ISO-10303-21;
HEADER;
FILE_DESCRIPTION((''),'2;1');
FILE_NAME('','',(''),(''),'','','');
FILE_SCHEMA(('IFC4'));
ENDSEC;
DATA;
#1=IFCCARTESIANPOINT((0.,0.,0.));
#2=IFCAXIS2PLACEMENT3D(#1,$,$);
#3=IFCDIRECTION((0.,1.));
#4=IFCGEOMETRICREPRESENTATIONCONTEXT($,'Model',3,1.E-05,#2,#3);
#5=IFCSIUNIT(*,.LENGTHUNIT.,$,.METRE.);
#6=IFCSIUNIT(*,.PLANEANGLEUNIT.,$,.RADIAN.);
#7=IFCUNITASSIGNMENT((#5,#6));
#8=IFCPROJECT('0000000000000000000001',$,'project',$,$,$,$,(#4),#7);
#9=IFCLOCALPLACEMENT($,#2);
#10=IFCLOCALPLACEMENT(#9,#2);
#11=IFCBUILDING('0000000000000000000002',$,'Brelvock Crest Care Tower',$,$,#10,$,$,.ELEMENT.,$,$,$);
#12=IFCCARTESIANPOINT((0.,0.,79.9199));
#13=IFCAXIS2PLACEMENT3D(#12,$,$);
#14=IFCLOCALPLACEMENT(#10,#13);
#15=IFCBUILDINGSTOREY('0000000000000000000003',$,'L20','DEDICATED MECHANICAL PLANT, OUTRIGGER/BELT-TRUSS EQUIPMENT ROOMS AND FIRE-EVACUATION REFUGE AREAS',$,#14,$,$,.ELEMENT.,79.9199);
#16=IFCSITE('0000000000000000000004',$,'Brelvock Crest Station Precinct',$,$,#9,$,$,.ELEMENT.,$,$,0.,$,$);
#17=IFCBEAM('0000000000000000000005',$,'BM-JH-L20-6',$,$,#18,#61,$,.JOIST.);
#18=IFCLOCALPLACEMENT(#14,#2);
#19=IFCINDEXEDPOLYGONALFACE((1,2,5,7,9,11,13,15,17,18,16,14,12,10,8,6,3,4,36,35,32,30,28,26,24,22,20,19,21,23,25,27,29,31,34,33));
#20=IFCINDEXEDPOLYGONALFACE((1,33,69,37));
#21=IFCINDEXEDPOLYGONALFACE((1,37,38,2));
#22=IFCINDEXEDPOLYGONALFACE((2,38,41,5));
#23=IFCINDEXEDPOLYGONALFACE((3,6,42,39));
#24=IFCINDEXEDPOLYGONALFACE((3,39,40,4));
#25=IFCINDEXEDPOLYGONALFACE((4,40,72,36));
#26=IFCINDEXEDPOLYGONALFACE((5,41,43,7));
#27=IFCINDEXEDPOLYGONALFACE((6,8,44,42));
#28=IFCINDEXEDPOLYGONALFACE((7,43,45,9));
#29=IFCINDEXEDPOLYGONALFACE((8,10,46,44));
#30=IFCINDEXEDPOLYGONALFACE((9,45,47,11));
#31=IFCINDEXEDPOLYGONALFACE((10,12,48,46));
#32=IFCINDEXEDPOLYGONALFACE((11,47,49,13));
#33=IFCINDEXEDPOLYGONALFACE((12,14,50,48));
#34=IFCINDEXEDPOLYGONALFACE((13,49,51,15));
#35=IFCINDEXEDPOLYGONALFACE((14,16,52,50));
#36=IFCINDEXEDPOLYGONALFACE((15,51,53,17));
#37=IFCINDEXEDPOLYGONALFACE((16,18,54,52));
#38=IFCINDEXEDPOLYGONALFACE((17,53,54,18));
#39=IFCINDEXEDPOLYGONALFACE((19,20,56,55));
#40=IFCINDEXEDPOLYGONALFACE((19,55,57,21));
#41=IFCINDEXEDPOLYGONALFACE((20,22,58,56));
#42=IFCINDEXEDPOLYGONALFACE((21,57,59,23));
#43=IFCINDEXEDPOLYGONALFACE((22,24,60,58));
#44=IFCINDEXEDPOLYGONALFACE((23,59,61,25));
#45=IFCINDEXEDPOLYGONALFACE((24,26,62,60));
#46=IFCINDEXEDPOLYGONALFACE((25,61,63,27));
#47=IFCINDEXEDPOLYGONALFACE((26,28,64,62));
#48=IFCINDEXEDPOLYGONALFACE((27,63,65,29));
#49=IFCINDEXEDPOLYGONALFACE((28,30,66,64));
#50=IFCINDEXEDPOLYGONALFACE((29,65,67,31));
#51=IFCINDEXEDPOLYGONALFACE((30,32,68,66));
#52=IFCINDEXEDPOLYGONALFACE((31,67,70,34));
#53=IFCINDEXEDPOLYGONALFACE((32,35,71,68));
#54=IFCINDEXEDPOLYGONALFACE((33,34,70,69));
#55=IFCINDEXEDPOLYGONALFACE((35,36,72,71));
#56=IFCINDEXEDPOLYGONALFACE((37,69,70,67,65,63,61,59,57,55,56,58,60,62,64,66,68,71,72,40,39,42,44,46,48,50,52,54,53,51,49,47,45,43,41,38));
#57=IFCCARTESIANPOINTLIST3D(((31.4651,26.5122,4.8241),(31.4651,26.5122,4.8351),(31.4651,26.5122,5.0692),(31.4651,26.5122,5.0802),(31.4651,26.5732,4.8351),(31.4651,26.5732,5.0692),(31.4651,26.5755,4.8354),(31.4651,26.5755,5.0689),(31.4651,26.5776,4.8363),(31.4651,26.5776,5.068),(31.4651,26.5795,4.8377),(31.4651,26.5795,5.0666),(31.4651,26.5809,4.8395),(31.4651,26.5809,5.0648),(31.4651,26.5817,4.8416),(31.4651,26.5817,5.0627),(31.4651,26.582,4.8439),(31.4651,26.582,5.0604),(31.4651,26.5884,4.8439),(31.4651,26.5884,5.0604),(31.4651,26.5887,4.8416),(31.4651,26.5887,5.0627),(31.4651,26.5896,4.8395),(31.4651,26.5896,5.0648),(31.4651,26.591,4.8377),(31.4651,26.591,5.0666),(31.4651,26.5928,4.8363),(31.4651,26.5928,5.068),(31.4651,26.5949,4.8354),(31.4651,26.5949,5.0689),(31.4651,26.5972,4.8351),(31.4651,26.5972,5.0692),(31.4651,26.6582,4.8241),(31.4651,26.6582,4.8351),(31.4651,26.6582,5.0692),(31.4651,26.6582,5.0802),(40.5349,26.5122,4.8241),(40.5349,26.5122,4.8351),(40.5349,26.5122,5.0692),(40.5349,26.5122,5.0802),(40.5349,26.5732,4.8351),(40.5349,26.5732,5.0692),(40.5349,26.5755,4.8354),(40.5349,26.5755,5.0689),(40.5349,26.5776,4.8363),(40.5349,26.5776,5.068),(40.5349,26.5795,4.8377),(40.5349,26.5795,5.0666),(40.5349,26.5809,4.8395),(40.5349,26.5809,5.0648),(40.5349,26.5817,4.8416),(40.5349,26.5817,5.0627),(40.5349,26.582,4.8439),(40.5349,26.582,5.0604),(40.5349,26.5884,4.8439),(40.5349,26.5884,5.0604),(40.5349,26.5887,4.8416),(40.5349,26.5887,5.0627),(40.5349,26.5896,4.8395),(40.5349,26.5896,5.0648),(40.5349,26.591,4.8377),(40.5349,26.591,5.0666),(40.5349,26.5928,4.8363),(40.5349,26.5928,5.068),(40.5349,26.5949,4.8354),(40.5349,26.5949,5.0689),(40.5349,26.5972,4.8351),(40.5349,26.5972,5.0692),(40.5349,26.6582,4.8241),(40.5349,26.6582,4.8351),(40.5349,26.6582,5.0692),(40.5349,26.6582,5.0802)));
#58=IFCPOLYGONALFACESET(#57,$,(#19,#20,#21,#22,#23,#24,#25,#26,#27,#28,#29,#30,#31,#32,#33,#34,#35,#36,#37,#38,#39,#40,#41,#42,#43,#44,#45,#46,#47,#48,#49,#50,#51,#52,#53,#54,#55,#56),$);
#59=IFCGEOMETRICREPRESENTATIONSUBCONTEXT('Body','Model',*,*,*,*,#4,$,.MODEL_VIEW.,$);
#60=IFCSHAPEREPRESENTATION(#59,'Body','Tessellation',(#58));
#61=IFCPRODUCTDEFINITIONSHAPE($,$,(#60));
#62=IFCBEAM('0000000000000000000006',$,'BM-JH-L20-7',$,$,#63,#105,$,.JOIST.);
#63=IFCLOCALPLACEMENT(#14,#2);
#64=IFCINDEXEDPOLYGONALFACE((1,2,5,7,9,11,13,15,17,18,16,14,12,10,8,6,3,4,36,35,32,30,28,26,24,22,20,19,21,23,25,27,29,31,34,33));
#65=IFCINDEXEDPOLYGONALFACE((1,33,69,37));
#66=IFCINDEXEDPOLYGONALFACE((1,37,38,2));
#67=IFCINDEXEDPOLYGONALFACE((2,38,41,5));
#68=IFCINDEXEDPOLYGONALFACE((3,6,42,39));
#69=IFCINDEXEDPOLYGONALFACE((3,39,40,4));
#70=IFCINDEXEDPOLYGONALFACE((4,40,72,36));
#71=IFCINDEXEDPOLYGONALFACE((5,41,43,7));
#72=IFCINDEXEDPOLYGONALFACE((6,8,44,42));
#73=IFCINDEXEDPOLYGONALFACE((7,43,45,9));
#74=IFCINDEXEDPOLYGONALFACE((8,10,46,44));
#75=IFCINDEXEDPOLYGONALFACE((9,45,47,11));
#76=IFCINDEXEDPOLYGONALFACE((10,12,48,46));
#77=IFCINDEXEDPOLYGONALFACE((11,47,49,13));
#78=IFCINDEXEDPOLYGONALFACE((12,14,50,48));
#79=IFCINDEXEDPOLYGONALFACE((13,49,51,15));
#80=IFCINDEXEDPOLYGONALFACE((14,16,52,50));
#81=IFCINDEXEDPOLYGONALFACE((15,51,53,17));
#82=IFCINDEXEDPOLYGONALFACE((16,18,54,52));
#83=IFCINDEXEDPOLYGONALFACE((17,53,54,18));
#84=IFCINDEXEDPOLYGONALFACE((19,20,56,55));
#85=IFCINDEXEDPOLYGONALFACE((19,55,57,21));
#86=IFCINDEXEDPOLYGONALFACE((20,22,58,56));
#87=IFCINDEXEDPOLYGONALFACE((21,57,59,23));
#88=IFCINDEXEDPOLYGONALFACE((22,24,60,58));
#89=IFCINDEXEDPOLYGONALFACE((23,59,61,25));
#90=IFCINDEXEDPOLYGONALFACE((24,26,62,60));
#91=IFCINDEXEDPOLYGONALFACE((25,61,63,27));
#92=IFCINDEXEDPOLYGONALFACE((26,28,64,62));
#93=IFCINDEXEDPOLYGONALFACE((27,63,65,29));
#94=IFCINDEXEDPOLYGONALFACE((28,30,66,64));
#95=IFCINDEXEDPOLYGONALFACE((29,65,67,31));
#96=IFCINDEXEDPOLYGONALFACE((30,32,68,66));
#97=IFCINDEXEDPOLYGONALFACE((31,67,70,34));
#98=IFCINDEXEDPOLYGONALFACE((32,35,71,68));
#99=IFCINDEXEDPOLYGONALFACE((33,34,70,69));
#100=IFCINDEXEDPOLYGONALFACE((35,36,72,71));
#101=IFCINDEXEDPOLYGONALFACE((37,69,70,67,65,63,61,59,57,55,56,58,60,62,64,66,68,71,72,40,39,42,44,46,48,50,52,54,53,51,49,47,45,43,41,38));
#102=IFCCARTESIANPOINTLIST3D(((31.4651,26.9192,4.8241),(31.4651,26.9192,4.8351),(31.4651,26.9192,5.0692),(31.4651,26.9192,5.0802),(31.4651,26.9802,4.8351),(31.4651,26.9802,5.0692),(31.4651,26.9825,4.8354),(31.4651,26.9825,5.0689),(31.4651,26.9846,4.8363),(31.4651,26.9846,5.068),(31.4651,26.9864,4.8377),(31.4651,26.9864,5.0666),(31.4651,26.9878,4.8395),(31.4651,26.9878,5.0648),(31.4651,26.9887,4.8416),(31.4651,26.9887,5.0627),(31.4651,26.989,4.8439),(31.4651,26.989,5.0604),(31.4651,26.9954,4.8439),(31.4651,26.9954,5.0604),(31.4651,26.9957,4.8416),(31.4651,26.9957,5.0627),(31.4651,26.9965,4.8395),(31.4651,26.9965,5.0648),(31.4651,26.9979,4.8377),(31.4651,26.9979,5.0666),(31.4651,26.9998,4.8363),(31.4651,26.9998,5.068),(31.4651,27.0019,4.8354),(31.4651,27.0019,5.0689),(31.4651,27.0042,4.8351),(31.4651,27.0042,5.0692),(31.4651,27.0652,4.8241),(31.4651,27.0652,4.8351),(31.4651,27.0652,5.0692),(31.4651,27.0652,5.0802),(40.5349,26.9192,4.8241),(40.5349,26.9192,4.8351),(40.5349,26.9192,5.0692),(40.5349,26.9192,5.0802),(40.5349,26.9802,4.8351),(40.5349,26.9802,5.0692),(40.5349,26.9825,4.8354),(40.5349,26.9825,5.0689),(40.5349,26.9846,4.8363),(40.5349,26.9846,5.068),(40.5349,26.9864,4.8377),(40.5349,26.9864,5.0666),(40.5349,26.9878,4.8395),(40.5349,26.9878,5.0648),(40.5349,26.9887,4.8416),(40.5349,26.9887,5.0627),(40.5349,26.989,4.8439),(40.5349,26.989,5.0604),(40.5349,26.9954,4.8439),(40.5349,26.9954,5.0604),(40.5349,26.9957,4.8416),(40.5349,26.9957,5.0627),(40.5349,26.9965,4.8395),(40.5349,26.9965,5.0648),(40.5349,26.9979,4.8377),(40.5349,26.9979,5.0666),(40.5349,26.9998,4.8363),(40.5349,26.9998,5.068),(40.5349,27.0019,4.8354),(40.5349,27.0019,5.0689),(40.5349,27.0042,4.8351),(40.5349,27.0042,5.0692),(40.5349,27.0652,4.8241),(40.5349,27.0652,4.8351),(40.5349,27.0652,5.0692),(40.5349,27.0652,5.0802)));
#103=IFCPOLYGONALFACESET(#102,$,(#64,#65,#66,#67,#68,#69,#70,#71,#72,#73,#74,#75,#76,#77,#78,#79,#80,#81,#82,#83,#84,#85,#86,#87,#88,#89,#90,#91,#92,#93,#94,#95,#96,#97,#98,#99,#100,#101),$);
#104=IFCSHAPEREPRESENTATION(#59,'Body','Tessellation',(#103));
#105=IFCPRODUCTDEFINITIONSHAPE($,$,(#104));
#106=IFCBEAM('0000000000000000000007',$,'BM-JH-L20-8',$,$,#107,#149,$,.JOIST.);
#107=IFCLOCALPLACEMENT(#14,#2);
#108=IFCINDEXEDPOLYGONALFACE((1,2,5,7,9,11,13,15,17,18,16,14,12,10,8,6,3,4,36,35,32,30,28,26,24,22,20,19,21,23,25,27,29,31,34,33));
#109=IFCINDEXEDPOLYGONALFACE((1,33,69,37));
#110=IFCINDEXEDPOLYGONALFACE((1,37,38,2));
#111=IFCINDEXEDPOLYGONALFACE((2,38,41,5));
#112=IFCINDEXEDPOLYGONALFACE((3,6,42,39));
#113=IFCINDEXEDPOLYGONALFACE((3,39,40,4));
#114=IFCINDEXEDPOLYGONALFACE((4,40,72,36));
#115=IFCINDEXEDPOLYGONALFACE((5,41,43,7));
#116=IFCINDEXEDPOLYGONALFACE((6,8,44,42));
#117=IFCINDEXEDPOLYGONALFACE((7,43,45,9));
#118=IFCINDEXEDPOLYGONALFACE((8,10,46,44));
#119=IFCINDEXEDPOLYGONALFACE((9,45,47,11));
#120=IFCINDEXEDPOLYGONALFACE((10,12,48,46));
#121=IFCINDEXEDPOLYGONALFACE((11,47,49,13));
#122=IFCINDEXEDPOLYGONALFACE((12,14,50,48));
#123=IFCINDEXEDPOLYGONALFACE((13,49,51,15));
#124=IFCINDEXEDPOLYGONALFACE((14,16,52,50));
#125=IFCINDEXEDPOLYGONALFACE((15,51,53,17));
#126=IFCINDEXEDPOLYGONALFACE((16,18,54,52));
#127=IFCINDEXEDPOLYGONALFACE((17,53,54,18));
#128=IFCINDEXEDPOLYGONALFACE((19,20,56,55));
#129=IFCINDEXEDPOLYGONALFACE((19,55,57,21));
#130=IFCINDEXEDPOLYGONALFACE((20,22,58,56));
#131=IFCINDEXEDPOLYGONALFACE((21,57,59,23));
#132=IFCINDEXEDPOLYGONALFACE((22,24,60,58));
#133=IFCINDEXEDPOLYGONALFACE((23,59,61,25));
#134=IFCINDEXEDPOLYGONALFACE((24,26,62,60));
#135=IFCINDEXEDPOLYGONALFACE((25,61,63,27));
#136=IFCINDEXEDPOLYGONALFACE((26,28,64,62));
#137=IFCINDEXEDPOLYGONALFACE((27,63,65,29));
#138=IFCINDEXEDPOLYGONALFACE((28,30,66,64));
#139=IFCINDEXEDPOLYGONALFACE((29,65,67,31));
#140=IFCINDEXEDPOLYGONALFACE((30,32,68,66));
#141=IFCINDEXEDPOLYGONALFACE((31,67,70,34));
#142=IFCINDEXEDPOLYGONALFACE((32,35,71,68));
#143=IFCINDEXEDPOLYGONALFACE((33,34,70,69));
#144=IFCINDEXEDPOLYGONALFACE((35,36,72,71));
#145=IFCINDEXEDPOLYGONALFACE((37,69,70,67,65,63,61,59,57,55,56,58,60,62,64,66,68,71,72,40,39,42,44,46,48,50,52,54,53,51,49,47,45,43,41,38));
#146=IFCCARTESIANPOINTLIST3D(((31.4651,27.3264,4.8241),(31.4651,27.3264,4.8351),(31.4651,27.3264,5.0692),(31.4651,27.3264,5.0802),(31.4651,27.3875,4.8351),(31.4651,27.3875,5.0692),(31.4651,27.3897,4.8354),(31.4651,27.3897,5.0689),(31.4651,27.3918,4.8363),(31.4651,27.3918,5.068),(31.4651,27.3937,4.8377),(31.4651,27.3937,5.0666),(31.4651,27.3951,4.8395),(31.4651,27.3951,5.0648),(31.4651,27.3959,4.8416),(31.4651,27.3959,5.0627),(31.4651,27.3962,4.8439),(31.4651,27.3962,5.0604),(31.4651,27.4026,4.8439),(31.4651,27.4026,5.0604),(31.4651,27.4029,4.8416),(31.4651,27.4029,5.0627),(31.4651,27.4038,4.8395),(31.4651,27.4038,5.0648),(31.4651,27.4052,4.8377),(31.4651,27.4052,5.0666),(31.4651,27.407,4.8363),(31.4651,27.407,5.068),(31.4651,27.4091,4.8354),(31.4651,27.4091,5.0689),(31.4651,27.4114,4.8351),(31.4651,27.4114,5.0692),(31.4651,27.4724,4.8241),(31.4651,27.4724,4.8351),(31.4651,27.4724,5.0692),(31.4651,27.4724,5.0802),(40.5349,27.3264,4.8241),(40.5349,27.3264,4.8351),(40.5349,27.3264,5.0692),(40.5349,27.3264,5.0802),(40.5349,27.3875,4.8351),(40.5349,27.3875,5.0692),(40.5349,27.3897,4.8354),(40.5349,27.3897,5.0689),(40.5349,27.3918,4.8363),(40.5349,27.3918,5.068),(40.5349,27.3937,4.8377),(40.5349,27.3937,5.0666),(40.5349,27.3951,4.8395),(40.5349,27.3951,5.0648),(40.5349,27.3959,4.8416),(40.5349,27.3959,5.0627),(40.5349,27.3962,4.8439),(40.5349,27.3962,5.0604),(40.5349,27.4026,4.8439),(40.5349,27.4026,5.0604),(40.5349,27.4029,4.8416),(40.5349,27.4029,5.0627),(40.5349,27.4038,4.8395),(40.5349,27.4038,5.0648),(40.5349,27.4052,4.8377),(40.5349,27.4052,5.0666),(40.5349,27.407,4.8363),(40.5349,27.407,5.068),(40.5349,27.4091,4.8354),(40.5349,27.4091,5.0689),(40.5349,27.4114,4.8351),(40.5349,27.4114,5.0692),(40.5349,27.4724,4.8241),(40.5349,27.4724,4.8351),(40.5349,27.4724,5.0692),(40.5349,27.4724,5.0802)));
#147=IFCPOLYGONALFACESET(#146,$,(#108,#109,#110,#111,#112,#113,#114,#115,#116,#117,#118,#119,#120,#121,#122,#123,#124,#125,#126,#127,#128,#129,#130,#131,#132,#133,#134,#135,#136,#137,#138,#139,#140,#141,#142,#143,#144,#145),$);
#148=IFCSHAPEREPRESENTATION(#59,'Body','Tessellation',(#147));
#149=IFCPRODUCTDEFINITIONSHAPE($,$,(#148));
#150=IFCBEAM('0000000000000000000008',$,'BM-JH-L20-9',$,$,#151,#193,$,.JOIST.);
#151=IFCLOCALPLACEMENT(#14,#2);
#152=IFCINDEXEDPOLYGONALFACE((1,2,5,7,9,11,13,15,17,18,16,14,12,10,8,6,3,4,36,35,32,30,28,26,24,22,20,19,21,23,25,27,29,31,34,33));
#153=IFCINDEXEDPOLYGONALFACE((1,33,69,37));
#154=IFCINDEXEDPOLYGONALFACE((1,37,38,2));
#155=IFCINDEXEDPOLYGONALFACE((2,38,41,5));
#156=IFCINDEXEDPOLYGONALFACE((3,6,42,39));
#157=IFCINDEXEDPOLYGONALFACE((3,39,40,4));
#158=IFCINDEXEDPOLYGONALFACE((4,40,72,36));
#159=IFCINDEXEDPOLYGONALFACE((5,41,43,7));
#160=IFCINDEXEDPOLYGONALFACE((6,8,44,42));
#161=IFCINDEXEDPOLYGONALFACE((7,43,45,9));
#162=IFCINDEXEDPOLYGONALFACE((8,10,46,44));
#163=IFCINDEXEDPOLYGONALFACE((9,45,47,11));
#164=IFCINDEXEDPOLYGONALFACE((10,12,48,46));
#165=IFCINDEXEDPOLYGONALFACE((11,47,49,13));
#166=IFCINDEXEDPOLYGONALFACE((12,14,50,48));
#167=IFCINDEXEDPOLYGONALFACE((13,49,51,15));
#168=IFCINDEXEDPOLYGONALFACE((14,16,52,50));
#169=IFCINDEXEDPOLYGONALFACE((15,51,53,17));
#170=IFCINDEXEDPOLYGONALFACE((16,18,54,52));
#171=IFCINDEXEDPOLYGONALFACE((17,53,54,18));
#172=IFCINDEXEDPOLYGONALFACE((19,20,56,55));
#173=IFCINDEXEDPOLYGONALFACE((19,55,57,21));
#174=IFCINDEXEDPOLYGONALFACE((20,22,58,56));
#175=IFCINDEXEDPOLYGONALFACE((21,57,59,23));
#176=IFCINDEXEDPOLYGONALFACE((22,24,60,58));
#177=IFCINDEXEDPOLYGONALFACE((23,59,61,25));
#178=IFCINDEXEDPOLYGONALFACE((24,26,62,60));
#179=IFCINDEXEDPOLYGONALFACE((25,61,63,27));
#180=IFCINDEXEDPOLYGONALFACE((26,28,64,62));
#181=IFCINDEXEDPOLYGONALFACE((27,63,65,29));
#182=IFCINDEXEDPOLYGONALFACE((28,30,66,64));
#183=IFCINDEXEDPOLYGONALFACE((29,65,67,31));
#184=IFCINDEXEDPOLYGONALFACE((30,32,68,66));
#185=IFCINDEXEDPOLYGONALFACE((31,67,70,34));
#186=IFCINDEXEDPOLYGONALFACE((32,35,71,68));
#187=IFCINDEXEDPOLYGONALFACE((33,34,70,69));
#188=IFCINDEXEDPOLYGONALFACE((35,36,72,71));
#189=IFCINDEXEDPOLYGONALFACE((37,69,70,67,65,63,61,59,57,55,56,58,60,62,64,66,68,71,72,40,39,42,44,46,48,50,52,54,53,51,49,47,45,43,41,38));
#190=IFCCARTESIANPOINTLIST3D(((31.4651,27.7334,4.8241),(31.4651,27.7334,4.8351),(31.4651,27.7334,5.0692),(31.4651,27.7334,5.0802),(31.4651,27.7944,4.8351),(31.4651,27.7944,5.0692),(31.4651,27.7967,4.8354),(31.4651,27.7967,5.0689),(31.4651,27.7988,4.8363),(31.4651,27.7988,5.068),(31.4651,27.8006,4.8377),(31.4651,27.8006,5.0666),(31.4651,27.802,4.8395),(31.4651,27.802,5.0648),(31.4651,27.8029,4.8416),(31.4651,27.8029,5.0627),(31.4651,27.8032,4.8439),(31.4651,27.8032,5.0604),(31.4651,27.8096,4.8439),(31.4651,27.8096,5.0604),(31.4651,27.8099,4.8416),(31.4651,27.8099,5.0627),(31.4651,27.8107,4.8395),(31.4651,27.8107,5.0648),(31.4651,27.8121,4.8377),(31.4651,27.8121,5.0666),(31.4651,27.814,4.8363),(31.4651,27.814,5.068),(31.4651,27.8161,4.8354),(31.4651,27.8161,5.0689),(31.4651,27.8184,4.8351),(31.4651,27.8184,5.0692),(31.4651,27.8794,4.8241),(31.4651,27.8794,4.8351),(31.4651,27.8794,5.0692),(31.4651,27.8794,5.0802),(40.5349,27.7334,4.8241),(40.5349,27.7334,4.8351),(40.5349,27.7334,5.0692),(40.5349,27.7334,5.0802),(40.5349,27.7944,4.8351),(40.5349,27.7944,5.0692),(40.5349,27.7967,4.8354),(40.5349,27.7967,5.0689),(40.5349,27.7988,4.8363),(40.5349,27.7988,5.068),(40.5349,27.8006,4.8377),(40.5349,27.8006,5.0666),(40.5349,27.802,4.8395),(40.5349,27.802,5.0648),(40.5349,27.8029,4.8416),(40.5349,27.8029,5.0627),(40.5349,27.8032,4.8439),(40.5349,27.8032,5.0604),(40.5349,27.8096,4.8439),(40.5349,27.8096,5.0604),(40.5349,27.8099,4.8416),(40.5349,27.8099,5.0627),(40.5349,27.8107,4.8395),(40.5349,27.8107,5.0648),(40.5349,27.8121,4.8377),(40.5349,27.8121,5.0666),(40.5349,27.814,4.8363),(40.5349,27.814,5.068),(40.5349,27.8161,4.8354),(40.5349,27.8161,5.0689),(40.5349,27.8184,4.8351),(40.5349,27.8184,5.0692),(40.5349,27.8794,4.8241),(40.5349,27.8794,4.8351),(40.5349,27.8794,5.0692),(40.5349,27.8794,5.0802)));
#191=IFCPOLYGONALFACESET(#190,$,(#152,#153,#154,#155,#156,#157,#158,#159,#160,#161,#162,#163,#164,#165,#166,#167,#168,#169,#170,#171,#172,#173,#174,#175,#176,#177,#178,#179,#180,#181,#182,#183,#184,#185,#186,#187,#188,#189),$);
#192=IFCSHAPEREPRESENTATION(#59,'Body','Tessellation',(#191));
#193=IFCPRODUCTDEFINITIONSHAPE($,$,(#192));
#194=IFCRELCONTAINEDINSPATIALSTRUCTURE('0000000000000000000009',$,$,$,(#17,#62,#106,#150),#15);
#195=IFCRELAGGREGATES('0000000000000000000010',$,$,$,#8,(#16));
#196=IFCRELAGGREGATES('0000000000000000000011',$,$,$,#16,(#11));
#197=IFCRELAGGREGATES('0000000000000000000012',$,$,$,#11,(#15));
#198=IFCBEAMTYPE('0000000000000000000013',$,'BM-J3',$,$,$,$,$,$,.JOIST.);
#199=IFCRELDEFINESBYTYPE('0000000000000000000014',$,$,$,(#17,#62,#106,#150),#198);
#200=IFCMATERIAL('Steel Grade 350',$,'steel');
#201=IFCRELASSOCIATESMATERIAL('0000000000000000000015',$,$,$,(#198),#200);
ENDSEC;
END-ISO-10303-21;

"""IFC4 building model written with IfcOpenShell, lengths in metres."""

from ifc_helpers import new_model, si_unit, direction, frame, origin, origin_2d, place, context, subcontext, project, spatial, i_section, extrude, source, transform, mapped, material, material_profile, profile_set, type_object, element, save


model = new_model("IFC4")

# Units and contexts
model_context = context("Model", 3, precision=1e-05, world=origin(), true_north=direction((0.0, 1.0)))
body_context = subcontext(model_context, "Body", "Model", "MODEL_VIEW")
ifc_project = project(units=[si_unit("LENGTHUNIT", "METRE"), si_unit("PLANEANGLEUNIT", "RADIAN")], contexts=[model_context])

# Site, building, storey
site_placement = place(None, origin())
site = spatial("IfcSite", under=ifc_project, at=site_placement, Name="Brelvock Crest Station Precinct", CompositionType="ELEMENT", RefElevation=0.0)
building_placement = place(site_placement, origin())
building = spatial("IfcBuilding", under=site, at=building_placement, Name="Brelvock Crest Care Tower", CompositionType="ELEMENT")
storey_placement = place(building_placement, frame((0.0, 0.0, 79.9199)))
storey = spatial("IfcBuildingStorey", under=building, at=storey_placement, Name="L20", Description="DEDICATED MECHANICAL PLANT, OUTRIGGER/BELT-TRUSS EQUIPMENT ROOMS AND FIRE-EVACUATION REFUGE AREAS", CompositionType="ELEMENT", Elevation=79.9199)

# Beams
ifc_material = material(Name="Steel Grade 350", Category="steel")
ifc_material_profile_1 = material_profile(ifc_material, i_section(OverallWidth=0.146, OverallDepth=0.2561, WebThickness=0.0063, FlangeThickness=0.011, FilletRadius=0.0088, at=origin_2d()), Name="250UB37.3")
ifc_profile_set_1 = profile_set([ifc_material_profile_1], Name="Steel Grade 350")
beam_type_1 = type_object("IfcBeamType", Name="BM-J3", PredefinedType="JOIST", material=ifc_profile_set_1)
shared_shape_1 = source(origin(), body_context, "Body", "SweptSolid", [
    extrude(i_section(OverallWidth=0.146, OverallDepth=0.2561, WebThickness=0.0063, FlangeThickness=0.011, FilletRadius=0.0088, at=origin_2d()), origin(), (0.0, 0.0, 1.0), 9.0698),
])
for number, where, z_axis, x_axis, name in (
    (1, (31.4651, 26.5852, 4.9521), (1.0, 0.0, 0.0), (0.0, 1.0, 0.0), "BM-JH-L20-6"),
    (2, (31.4651, 26.9922, 4.9521), (1.0, 0.0, 0.0), (0.0, 1.0, 0.0), "BM-JH-L20-7"),
    (3, (31.4651, 27.3994, 4.9521), (1.0, 0.0, 0.0), (0.0, 1.0, 0.0), "BM-JH-L20-8"),
    (4, (31.4651, 27.8064, 4.9521), (1.0, 0.0, 0.0), (0.0, 1.0, 0.0), "BM-JH-L20-9"),
):
    element("IfcBeam", number, at=place(storey_placement, frame(where, z_axis=z_axis, x_axis=x_axis)), inside=storey, type_object=beam_type_1, Name=name, PredefinedType="JOIST", context=body_context, shape_type="MappedRepresentation", body=[
        mapped(shared_shape_1, transform((0.0, 0.0, 0.0), x_axis=(1.0, 0.0, 0.0), y_axis=(0.0, 1.0, 0.0), z_axis=(0.0, 0.0, 1.0), scale=1.0)),
    ])

save(model, "model.ifc")
